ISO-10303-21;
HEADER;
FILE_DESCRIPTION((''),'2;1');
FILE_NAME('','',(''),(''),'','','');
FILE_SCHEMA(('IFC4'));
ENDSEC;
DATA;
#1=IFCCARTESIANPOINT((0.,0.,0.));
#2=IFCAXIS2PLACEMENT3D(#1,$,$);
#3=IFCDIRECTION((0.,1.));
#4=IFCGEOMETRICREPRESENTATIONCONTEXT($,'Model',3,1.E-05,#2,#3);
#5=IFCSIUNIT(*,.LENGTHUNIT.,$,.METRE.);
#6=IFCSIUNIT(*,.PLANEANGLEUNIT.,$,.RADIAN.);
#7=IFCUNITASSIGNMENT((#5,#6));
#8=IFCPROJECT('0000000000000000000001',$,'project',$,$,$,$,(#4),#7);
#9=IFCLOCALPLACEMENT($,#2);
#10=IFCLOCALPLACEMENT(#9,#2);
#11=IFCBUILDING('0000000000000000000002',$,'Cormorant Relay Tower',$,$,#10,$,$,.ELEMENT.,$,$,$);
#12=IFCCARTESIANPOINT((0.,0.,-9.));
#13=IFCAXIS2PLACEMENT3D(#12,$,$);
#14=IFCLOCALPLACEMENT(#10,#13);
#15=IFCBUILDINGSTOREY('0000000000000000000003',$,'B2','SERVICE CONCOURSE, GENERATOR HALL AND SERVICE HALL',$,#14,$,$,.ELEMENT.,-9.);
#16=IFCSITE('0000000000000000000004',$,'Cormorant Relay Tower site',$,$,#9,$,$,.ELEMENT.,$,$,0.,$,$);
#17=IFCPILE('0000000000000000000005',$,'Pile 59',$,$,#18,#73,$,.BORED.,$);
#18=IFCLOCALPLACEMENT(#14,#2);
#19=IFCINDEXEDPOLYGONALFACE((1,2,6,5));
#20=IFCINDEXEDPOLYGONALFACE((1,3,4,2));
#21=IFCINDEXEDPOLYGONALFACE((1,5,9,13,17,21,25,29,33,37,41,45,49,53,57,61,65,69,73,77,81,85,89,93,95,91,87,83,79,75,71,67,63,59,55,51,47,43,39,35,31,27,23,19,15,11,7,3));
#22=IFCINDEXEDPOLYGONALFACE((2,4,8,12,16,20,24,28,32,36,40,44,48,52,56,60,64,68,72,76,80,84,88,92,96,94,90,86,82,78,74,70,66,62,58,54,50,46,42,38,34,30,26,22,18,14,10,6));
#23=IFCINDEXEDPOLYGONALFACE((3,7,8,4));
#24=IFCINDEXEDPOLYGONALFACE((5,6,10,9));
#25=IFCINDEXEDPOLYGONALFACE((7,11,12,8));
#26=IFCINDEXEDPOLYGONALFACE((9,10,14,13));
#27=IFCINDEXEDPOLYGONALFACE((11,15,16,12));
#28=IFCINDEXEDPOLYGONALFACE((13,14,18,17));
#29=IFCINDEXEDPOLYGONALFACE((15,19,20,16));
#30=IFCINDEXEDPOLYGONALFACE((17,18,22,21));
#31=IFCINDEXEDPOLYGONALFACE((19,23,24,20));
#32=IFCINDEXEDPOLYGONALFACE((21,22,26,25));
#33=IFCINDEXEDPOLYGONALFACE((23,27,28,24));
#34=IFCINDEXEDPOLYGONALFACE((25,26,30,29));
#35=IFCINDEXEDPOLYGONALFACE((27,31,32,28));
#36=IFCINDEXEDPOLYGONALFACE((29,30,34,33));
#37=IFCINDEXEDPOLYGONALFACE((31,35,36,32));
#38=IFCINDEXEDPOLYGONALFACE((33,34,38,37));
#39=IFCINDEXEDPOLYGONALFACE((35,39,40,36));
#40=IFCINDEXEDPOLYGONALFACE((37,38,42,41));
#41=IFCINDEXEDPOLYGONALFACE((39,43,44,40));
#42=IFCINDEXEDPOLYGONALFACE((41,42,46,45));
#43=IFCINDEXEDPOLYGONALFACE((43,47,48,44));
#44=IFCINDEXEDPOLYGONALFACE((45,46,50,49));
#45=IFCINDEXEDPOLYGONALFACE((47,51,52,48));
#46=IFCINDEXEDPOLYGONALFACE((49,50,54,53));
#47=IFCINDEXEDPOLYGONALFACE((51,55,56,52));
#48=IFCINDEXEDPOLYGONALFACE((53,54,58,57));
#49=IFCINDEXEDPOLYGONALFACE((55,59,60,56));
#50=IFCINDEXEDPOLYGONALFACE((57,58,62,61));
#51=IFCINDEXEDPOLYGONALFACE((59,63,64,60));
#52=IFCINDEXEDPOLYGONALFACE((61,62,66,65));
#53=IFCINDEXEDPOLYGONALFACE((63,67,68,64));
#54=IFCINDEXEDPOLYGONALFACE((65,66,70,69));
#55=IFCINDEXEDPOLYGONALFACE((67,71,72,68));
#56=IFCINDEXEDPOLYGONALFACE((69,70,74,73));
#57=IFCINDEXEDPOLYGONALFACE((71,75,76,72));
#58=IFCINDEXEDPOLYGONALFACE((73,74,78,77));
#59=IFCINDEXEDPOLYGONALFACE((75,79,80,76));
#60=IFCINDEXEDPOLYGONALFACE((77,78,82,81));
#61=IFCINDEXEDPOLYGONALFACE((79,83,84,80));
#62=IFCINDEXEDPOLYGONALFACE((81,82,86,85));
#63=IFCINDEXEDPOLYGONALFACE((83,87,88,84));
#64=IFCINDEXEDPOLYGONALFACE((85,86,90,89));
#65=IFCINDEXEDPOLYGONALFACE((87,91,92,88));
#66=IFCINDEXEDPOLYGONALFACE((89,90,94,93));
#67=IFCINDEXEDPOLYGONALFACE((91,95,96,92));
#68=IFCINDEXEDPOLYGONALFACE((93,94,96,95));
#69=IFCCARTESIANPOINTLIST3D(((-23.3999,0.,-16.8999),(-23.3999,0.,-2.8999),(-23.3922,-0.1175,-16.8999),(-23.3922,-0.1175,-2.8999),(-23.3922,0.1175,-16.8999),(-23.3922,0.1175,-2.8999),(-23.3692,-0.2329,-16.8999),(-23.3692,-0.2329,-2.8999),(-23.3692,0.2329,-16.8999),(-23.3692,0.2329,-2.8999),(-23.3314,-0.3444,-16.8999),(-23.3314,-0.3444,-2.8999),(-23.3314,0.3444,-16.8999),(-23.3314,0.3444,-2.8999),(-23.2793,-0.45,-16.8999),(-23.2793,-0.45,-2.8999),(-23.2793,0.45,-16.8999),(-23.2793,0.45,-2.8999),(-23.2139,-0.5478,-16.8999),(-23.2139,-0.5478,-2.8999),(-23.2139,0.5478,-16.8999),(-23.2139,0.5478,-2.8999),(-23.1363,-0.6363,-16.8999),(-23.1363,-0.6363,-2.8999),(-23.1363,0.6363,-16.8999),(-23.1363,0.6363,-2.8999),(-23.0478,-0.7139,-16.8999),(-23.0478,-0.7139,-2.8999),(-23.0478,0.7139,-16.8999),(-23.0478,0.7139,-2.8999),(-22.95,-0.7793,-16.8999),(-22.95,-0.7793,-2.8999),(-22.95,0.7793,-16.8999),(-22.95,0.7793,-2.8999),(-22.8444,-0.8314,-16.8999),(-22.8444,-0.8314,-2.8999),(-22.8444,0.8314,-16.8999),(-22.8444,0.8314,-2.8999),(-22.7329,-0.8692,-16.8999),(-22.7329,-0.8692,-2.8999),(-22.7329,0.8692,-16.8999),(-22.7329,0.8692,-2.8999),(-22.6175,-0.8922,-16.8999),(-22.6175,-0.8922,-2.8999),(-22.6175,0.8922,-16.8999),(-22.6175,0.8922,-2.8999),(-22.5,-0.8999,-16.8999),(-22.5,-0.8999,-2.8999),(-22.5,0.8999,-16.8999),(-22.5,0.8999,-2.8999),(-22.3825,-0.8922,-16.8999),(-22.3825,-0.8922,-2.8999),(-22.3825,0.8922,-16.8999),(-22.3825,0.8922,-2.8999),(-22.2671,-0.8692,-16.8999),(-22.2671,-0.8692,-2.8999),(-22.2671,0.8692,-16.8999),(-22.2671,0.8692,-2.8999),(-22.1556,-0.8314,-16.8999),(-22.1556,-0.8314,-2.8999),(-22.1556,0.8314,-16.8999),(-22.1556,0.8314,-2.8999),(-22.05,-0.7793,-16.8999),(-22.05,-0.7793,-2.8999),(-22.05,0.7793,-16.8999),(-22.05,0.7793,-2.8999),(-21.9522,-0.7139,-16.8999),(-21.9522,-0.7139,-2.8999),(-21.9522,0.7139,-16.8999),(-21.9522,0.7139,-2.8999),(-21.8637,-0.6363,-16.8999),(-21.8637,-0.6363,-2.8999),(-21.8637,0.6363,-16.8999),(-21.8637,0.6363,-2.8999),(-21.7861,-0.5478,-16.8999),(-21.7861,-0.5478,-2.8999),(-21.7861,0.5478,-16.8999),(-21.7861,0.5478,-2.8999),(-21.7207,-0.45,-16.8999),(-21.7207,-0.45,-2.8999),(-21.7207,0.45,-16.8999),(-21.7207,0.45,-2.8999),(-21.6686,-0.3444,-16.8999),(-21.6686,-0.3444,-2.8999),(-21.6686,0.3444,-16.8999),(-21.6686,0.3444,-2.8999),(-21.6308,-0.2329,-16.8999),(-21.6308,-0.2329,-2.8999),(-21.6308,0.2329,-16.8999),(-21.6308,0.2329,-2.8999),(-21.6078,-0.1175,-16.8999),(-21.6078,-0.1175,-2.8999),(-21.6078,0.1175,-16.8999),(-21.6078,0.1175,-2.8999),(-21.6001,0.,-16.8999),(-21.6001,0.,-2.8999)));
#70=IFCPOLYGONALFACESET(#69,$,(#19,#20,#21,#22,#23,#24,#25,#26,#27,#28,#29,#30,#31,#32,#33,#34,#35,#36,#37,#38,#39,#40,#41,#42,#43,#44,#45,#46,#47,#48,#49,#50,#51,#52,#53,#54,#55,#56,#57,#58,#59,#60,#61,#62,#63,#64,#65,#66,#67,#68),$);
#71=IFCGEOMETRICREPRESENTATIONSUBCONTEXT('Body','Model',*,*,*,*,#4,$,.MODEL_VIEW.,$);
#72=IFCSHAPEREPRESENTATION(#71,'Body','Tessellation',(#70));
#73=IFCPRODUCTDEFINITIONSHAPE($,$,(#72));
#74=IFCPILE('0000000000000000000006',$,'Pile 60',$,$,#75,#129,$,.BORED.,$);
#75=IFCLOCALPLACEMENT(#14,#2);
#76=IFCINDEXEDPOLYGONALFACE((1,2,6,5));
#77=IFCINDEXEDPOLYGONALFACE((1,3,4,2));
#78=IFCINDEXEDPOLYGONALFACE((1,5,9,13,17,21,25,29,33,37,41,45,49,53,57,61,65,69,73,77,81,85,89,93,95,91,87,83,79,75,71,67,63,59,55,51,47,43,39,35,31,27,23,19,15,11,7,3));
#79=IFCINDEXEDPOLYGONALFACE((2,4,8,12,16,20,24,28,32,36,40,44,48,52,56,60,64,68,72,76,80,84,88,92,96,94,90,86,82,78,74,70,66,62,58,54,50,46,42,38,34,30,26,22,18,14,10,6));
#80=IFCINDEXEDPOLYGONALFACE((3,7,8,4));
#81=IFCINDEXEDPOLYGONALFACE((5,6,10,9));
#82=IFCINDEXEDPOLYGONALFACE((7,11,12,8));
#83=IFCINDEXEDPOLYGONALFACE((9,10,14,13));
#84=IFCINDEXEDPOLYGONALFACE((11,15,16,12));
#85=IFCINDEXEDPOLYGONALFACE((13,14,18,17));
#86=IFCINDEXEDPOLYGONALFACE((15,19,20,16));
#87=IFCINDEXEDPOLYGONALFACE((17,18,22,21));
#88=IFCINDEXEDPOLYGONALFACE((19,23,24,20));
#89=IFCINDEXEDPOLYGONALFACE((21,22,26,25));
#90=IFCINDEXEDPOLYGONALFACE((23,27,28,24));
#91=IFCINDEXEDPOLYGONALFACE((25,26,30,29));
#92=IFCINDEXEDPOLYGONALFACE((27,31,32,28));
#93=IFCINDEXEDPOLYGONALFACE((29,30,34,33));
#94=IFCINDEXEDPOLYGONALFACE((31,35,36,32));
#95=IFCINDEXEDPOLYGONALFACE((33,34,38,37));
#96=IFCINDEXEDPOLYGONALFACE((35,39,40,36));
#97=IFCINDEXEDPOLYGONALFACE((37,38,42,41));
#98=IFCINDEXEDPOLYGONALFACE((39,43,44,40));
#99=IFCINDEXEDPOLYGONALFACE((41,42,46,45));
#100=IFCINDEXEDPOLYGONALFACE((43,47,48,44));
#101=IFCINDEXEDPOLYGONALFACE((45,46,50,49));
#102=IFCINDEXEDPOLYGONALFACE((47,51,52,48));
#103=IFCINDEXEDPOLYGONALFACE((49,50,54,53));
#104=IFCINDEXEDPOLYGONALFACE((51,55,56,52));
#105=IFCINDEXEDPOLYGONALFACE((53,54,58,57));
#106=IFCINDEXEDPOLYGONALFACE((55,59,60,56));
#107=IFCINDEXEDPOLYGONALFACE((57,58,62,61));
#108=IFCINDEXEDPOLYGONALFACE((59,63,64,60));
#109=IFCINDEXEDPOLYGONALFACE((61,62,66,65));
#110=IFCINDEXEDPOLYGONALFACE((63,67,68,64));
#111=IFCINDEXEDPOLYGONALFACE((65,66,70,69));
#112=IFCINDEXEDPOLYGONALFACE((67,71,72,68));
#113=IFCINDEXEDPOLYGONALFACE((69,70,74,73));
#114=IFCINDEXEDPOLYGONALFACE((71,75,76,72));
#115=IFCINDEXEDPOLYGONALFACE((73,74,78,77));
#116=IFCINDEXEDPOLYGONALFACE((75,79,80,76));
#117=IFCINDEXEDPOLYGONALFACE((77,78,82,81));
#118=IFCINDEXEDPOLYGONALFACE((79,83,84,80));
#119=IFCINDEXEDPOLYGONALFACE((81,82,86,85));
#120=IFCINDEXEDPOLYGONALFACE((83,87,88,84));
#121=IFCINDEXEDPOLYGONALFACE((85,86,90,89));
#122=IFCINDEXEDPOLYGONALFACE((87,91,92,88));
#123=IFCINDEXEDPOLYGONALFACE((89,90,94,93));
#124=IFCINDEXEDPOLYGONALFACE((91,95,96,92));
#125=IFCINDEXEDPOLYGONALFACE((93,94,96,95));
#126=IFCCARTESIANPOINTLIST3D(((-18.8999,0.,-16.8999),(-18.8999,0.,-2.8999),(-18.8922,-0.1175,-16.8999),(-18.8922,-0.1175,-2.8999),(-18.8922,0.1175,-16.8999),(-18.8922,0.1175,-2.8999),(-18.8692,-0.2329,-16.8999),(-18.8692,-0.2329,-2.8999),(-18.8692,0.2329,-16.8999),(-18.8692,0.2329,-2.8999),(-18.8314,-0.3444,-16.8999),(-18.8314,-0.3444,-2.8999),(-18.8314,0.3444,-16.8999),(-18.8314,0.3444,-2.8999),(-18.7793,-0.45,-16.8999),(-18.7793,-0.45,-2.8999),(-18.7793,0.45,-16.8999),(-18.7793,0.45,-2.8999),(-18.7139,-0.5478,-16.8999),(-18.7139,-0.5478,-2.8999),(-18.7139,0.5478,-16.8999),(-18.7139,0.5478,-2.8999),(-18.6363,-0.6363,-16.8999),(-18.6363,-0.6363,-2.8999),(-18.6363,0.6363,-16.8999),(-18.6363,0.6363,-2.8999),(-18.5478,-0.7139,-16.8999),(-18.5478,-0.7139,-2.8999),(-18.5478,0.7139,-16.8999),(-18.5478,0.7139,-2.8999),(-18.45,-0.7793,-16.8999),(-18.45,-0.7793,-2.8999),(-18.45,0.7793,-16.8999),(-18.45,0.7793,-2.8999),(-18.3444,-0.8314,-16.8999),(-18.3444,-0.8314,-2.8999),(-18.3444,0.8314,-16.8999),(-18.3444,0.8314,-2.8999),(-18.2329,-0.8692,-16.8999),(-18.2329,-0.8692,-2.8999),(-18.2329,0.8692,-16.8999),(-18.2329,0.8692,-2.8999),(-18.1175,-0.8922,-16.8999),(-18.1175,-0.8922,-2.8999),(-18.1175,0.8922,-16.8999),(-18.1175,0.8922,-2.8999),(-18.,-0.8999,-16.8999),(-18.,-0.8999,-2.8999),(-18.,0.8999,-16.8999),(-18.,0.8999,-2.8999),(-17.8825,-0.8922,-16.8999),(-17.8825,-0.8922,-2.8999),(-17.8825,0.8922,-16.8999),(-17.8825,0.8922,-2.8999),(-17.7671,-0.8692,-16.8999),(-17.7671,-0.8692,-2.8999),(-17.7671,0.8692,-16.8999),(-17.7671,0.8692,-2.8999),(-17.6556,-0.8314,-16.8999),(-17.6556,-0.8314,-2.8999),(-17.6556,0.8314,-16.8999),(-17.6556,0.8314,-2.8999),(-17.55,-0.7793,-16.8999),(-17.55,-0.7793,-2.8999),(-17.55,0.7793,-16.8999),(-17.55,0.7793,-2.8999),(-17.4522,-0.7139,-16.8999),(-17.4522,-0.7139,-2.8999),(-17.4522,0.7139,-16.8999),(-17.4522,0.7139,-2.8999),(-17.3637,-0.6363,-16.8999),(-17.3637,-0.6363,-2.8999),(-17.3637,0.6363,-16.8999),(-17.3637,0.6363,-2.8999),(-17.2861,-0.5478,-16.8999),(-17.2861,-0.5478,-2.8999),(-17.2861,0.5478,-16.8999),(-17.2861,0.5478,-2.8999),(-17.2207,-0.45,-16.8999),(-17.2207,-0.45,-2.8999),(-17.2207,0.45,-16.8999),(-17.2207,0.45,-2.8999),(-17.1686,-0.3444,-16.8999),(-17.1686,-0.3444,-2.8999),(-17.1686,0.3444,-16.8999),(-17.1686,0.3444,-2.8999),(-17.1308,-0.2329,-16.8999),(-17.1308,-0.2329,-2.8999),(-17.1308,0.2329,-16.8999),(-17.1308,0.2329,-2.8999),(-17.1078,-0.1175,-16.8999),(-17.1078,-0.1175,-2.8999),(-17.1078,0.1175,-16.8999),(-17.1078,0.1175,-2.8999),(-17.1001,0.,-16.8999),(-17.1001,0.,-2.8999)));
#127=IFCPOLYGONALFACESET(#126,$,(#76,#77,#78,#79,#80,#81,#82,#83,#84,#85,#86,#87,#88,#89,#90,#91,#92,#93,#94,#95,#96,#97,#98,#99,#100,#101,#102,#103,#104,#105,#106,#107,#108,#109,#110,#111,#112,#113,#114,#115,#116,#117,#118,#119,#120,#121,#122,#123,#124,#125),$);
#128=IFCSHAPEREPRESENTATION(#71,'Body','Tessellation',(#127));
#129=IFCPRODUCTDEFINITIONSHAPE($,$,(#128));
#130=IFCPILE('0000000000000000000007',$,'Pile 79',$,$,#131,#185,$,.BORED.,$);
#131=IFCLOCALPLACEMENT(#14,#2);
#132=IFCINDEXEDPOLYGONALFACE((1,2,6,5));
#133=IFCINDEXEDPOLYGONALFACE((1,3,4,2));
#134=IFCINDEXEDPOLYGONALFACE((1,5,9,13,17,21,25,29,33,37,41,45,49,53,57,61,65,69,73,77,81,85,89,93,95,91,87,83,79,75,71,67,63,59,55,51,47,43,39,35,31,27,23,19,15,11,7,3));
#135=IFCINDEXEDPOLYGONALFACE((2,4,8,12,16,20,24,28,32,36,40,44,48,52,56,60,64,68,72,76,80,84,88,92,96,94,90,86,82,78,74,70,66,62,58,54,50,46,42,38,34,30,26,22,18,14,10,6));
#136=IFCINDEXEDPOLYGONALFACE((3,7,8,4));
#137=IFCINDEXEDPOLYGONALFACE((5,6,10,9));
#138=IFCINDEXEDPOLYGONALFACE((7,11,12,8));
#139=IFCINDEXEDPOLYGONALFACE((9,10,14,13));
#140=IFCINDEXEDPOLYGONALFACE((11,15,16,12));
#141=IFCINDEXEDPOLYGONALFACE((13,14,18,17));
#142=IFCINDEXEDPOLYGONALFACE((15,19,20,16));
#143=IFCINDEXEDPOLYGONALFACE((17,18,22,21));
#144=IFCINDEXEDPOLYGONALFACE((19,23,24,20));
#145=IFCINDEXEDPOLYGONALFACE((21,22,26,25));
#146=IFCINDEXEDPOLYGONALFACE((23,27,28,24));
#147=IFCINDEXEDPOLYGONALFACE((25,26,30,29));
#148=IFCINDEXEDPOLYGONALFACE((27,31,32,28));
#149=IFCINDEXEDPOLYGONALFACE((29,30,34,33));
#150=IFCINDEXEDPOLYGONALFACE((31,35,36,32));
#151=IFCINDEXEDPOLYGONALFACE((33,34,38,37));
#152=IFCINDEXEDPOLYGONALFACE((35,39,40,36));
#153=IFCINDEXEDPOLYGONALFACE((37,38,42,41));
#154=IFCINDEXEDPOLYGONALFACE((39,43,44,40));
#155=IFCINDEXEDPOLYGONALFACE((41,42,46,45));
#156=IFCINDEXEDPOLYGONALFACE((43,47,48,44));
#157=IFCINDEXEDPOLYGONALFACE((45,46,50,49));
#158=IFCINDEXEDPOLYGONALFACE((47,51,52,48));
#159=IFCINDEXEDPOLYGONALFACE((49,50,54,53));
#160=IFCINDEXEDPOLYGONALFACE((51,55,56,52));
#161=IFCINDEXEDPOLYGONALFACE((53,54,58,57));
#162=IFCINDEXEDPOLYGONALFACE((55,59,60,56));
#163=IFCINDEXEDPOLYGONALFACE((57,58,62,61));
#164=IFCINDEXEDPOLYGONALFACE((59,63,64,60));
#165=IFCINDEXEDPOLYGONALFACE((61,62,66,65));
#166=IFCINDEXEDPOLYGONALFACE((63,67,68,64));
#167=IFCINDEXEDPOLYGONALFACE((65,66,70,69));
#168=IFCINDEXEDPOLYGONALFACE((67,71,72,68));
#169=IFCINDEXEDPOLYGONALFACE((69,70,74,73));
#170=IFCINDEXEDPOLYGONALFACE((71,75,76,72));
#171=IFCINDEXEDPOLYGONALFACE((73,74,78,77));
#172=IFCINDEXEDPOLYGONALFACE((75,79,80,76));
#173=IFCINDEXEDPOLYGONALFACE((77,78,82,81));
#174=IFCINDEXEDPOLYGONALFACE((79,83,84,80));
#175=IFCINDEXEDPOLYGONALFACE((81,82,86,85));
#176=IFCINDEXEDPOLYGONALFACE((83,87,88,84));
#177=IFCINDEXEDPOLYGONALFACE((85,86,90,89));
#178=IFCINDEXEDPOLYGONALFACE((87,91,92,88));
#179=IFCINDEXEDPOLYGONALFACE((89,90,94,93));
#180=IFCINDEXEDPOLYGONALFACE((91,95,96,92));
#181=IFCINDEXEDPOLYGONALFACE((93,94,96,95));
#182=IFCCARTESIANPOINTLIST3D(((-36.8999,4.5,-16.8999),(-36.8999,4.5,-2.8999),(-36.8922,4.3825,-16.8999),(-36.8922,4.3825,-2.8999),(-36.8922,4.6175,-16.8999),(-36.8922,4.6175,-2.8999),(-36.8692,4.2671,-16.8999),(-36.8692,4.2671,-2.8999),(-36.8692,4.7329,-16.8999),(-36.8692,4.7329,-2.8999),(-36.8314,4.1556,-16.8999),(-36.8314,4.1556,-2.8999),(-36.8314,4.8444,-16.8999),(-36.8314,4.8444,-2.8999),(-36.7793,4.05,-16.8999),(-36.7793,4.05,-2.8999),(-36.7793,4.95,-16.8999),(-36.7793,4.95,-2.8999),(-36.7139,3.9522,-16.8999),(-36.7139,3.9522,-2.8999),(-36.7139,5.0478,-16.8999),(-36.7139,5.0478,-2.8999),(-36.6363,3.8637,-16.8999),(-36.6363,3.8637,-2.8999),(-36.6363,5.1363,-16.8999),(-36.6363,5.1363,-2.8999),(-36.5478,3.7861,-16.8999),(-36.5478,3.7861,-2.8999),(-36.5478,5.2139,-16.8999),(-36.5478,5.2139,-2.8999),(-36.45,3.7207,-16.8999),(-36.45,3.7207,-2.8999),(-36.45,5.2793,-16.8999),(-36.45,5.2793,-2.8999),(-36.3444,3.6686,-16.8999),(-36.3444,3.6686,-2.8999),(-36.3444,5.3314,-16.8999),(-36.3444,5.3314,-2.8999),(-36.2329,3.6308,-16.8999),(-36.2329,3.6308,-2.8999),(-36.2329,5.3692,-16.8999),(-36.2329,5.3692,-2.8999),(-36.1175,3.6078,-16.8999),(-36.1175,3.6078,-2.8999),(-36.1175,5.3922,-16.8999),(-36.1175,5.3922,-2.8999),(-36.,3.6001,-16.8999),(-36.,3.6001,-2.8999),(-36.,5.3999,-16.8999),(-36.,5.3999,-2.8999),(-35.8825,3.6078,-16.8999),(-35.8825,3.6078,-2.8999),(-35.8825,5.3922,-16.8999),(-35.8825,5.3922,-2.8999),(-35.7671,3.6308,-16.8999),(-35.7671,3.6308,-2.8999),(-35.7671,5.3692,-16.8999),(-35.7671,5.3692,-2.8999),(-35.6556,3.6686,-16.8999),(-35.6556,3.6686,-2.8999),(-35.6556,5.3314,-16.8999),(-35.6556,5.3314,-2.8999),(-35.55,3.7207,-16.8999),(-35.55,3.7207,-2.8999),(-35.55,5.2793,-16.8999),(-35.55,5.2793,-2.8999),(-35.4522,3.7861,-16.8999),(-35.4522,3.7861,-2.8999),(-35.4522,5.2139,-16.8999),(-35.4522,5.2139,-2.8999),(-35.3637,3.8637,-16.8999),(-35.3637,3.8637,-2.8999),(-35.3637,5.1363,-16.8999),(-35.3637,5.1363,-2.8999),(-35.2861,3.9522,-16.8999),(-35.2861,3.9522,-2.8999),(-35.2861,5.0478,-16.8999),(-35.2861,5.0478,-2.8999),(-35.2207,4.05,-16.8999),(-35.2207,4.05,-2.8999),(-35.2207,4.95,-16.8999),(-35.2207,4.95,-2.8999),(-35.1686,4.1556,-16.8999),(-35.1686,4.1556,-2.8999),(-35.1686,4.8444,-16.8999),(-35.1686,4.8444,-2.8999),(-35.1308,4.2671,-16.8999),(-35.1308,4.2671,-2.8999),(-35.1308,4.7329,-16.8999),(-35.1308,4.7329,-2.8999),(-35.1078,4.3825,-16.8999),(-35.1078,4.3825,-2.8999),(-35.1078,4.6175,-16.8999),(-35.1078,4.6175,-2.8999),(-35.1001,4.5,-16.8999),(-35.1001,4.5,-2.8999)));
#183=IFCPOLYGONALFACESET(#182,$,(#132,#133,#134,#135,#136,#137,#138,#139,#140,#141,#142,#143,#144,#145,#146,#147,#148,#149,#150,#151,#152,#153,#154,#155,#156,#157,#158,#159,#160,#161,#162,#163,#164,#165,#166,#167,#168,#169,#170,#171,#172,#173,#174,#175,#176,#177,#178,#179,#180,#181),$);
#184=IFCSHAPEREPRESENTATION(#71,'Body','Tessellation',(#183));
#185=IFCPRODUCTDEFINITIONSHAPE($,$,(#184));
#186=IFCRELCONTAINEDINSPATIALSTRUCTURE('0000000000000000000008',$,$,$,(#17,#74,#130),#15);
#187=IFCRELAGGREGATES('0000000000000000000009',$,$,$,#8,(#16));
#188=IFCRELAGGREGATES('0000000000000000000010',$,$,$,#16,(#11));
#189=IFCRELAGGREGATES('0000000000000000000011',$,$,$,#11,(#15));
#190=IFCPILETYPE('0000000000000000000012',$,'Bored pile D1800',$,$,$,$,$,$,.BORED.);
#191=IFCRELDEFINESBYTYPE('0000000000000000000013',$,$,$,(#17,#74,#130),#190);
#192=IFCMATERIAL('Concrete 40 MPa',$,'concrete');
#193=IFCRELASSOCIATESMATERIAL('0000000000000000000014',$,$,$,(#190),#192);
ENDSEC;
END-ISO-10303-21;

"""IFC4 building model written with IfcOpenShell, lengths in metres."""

from ifc_helpers import new_model, si_unit, direction, frame, origin, origin_2d, place, context, subcontext, project, spatial, circle, extrude, material, material_profile, profile_set, type_object, element, save


model = new_model("IFC4")

# Units and contexts
model_context = context("Model", 3, precision=1e-05, world=origin(), true_north=direction((0.0, 1.0)))
body_context = subcontext(model_context, "Body", "Model", "MODEL_VIEW")
ifc_project = project(units=[si_unit("LENGTHUNIT", "METRE"), si_unit("PLANEANGLEUNIT", "RADIAN")], contexts=[model_context])

# Site, building, storey
site_placement = place(None, origin())
site = spatial("IfcSite", under=ifc_project, at=site_placement, Name="Cormorant Relay Tower site", CompositionType="ELEMENT", RefElevation=0.0)
building_placement = place(site_placement, origin())
building = spatial("IfcBuilding", under=site, at=building_placement, Name="Cormorant Relay Tower", CompositionType="ELEMENT")
storey_placement = place(building_placement, frame((0.0, 0.0, -9.0)))
storey = spatial("IfcBuildingStorey", under=building, at=storey_placement, Name="B2", Description="SERVICE CONCOURSE, GENERATOR HALL AND SERVICE HALL", CompositionType="ELEMENT", Elevation=-9.0)

# Piles
ifc_material_1 = material(Name="Concrete 40 MPa", Category="concrete")
ifc_material_profile = material_profile(ifc_material_1, circle(Radius=0.8999, at=origin_2d()), Name="BP1800")
ifc_profile_set = profile_set([ifc_material_profile], Name="Concrete 40 MPa")
pile_type = type_object("IfcPileType", Name="Bored pile D1800", PredefinedType="BORED", material=ifc_profile_set)
for number, where, z_axis, x_axis, name in (
    (1, (-22.5, 0.0, -2.8999), (0.0, 0.0, -1.0), (1.0, 0.0, 0.0), "Pile 59"),
    (2, (-18.0, 0.0, -2.8999), (0.0, 0.0, -1.0), (1.0, 0.0, 0.0), "Pile 60"),
    (3, (-36.0, 4.5, -2.8999), (0.0, 0.0, -1.0), (1.0, 0.0, 0.0), "Pile 79"),
):
    element("IfcPile", number, at=place(storey_placement, frame(where, z_axis=z_axis, x_axis=x_axis)), inside=storey, type_object=pile_type, Name=name, PredefinedType="BORED", context=body_context, shape_type="SweptSolid", body=[
        extrude(circle(Radius=0.8999, at=origin_2d()), origin(), (0.0, 0.0, 1.0), 14.0),
    ])

save(model, "model.ifc")
